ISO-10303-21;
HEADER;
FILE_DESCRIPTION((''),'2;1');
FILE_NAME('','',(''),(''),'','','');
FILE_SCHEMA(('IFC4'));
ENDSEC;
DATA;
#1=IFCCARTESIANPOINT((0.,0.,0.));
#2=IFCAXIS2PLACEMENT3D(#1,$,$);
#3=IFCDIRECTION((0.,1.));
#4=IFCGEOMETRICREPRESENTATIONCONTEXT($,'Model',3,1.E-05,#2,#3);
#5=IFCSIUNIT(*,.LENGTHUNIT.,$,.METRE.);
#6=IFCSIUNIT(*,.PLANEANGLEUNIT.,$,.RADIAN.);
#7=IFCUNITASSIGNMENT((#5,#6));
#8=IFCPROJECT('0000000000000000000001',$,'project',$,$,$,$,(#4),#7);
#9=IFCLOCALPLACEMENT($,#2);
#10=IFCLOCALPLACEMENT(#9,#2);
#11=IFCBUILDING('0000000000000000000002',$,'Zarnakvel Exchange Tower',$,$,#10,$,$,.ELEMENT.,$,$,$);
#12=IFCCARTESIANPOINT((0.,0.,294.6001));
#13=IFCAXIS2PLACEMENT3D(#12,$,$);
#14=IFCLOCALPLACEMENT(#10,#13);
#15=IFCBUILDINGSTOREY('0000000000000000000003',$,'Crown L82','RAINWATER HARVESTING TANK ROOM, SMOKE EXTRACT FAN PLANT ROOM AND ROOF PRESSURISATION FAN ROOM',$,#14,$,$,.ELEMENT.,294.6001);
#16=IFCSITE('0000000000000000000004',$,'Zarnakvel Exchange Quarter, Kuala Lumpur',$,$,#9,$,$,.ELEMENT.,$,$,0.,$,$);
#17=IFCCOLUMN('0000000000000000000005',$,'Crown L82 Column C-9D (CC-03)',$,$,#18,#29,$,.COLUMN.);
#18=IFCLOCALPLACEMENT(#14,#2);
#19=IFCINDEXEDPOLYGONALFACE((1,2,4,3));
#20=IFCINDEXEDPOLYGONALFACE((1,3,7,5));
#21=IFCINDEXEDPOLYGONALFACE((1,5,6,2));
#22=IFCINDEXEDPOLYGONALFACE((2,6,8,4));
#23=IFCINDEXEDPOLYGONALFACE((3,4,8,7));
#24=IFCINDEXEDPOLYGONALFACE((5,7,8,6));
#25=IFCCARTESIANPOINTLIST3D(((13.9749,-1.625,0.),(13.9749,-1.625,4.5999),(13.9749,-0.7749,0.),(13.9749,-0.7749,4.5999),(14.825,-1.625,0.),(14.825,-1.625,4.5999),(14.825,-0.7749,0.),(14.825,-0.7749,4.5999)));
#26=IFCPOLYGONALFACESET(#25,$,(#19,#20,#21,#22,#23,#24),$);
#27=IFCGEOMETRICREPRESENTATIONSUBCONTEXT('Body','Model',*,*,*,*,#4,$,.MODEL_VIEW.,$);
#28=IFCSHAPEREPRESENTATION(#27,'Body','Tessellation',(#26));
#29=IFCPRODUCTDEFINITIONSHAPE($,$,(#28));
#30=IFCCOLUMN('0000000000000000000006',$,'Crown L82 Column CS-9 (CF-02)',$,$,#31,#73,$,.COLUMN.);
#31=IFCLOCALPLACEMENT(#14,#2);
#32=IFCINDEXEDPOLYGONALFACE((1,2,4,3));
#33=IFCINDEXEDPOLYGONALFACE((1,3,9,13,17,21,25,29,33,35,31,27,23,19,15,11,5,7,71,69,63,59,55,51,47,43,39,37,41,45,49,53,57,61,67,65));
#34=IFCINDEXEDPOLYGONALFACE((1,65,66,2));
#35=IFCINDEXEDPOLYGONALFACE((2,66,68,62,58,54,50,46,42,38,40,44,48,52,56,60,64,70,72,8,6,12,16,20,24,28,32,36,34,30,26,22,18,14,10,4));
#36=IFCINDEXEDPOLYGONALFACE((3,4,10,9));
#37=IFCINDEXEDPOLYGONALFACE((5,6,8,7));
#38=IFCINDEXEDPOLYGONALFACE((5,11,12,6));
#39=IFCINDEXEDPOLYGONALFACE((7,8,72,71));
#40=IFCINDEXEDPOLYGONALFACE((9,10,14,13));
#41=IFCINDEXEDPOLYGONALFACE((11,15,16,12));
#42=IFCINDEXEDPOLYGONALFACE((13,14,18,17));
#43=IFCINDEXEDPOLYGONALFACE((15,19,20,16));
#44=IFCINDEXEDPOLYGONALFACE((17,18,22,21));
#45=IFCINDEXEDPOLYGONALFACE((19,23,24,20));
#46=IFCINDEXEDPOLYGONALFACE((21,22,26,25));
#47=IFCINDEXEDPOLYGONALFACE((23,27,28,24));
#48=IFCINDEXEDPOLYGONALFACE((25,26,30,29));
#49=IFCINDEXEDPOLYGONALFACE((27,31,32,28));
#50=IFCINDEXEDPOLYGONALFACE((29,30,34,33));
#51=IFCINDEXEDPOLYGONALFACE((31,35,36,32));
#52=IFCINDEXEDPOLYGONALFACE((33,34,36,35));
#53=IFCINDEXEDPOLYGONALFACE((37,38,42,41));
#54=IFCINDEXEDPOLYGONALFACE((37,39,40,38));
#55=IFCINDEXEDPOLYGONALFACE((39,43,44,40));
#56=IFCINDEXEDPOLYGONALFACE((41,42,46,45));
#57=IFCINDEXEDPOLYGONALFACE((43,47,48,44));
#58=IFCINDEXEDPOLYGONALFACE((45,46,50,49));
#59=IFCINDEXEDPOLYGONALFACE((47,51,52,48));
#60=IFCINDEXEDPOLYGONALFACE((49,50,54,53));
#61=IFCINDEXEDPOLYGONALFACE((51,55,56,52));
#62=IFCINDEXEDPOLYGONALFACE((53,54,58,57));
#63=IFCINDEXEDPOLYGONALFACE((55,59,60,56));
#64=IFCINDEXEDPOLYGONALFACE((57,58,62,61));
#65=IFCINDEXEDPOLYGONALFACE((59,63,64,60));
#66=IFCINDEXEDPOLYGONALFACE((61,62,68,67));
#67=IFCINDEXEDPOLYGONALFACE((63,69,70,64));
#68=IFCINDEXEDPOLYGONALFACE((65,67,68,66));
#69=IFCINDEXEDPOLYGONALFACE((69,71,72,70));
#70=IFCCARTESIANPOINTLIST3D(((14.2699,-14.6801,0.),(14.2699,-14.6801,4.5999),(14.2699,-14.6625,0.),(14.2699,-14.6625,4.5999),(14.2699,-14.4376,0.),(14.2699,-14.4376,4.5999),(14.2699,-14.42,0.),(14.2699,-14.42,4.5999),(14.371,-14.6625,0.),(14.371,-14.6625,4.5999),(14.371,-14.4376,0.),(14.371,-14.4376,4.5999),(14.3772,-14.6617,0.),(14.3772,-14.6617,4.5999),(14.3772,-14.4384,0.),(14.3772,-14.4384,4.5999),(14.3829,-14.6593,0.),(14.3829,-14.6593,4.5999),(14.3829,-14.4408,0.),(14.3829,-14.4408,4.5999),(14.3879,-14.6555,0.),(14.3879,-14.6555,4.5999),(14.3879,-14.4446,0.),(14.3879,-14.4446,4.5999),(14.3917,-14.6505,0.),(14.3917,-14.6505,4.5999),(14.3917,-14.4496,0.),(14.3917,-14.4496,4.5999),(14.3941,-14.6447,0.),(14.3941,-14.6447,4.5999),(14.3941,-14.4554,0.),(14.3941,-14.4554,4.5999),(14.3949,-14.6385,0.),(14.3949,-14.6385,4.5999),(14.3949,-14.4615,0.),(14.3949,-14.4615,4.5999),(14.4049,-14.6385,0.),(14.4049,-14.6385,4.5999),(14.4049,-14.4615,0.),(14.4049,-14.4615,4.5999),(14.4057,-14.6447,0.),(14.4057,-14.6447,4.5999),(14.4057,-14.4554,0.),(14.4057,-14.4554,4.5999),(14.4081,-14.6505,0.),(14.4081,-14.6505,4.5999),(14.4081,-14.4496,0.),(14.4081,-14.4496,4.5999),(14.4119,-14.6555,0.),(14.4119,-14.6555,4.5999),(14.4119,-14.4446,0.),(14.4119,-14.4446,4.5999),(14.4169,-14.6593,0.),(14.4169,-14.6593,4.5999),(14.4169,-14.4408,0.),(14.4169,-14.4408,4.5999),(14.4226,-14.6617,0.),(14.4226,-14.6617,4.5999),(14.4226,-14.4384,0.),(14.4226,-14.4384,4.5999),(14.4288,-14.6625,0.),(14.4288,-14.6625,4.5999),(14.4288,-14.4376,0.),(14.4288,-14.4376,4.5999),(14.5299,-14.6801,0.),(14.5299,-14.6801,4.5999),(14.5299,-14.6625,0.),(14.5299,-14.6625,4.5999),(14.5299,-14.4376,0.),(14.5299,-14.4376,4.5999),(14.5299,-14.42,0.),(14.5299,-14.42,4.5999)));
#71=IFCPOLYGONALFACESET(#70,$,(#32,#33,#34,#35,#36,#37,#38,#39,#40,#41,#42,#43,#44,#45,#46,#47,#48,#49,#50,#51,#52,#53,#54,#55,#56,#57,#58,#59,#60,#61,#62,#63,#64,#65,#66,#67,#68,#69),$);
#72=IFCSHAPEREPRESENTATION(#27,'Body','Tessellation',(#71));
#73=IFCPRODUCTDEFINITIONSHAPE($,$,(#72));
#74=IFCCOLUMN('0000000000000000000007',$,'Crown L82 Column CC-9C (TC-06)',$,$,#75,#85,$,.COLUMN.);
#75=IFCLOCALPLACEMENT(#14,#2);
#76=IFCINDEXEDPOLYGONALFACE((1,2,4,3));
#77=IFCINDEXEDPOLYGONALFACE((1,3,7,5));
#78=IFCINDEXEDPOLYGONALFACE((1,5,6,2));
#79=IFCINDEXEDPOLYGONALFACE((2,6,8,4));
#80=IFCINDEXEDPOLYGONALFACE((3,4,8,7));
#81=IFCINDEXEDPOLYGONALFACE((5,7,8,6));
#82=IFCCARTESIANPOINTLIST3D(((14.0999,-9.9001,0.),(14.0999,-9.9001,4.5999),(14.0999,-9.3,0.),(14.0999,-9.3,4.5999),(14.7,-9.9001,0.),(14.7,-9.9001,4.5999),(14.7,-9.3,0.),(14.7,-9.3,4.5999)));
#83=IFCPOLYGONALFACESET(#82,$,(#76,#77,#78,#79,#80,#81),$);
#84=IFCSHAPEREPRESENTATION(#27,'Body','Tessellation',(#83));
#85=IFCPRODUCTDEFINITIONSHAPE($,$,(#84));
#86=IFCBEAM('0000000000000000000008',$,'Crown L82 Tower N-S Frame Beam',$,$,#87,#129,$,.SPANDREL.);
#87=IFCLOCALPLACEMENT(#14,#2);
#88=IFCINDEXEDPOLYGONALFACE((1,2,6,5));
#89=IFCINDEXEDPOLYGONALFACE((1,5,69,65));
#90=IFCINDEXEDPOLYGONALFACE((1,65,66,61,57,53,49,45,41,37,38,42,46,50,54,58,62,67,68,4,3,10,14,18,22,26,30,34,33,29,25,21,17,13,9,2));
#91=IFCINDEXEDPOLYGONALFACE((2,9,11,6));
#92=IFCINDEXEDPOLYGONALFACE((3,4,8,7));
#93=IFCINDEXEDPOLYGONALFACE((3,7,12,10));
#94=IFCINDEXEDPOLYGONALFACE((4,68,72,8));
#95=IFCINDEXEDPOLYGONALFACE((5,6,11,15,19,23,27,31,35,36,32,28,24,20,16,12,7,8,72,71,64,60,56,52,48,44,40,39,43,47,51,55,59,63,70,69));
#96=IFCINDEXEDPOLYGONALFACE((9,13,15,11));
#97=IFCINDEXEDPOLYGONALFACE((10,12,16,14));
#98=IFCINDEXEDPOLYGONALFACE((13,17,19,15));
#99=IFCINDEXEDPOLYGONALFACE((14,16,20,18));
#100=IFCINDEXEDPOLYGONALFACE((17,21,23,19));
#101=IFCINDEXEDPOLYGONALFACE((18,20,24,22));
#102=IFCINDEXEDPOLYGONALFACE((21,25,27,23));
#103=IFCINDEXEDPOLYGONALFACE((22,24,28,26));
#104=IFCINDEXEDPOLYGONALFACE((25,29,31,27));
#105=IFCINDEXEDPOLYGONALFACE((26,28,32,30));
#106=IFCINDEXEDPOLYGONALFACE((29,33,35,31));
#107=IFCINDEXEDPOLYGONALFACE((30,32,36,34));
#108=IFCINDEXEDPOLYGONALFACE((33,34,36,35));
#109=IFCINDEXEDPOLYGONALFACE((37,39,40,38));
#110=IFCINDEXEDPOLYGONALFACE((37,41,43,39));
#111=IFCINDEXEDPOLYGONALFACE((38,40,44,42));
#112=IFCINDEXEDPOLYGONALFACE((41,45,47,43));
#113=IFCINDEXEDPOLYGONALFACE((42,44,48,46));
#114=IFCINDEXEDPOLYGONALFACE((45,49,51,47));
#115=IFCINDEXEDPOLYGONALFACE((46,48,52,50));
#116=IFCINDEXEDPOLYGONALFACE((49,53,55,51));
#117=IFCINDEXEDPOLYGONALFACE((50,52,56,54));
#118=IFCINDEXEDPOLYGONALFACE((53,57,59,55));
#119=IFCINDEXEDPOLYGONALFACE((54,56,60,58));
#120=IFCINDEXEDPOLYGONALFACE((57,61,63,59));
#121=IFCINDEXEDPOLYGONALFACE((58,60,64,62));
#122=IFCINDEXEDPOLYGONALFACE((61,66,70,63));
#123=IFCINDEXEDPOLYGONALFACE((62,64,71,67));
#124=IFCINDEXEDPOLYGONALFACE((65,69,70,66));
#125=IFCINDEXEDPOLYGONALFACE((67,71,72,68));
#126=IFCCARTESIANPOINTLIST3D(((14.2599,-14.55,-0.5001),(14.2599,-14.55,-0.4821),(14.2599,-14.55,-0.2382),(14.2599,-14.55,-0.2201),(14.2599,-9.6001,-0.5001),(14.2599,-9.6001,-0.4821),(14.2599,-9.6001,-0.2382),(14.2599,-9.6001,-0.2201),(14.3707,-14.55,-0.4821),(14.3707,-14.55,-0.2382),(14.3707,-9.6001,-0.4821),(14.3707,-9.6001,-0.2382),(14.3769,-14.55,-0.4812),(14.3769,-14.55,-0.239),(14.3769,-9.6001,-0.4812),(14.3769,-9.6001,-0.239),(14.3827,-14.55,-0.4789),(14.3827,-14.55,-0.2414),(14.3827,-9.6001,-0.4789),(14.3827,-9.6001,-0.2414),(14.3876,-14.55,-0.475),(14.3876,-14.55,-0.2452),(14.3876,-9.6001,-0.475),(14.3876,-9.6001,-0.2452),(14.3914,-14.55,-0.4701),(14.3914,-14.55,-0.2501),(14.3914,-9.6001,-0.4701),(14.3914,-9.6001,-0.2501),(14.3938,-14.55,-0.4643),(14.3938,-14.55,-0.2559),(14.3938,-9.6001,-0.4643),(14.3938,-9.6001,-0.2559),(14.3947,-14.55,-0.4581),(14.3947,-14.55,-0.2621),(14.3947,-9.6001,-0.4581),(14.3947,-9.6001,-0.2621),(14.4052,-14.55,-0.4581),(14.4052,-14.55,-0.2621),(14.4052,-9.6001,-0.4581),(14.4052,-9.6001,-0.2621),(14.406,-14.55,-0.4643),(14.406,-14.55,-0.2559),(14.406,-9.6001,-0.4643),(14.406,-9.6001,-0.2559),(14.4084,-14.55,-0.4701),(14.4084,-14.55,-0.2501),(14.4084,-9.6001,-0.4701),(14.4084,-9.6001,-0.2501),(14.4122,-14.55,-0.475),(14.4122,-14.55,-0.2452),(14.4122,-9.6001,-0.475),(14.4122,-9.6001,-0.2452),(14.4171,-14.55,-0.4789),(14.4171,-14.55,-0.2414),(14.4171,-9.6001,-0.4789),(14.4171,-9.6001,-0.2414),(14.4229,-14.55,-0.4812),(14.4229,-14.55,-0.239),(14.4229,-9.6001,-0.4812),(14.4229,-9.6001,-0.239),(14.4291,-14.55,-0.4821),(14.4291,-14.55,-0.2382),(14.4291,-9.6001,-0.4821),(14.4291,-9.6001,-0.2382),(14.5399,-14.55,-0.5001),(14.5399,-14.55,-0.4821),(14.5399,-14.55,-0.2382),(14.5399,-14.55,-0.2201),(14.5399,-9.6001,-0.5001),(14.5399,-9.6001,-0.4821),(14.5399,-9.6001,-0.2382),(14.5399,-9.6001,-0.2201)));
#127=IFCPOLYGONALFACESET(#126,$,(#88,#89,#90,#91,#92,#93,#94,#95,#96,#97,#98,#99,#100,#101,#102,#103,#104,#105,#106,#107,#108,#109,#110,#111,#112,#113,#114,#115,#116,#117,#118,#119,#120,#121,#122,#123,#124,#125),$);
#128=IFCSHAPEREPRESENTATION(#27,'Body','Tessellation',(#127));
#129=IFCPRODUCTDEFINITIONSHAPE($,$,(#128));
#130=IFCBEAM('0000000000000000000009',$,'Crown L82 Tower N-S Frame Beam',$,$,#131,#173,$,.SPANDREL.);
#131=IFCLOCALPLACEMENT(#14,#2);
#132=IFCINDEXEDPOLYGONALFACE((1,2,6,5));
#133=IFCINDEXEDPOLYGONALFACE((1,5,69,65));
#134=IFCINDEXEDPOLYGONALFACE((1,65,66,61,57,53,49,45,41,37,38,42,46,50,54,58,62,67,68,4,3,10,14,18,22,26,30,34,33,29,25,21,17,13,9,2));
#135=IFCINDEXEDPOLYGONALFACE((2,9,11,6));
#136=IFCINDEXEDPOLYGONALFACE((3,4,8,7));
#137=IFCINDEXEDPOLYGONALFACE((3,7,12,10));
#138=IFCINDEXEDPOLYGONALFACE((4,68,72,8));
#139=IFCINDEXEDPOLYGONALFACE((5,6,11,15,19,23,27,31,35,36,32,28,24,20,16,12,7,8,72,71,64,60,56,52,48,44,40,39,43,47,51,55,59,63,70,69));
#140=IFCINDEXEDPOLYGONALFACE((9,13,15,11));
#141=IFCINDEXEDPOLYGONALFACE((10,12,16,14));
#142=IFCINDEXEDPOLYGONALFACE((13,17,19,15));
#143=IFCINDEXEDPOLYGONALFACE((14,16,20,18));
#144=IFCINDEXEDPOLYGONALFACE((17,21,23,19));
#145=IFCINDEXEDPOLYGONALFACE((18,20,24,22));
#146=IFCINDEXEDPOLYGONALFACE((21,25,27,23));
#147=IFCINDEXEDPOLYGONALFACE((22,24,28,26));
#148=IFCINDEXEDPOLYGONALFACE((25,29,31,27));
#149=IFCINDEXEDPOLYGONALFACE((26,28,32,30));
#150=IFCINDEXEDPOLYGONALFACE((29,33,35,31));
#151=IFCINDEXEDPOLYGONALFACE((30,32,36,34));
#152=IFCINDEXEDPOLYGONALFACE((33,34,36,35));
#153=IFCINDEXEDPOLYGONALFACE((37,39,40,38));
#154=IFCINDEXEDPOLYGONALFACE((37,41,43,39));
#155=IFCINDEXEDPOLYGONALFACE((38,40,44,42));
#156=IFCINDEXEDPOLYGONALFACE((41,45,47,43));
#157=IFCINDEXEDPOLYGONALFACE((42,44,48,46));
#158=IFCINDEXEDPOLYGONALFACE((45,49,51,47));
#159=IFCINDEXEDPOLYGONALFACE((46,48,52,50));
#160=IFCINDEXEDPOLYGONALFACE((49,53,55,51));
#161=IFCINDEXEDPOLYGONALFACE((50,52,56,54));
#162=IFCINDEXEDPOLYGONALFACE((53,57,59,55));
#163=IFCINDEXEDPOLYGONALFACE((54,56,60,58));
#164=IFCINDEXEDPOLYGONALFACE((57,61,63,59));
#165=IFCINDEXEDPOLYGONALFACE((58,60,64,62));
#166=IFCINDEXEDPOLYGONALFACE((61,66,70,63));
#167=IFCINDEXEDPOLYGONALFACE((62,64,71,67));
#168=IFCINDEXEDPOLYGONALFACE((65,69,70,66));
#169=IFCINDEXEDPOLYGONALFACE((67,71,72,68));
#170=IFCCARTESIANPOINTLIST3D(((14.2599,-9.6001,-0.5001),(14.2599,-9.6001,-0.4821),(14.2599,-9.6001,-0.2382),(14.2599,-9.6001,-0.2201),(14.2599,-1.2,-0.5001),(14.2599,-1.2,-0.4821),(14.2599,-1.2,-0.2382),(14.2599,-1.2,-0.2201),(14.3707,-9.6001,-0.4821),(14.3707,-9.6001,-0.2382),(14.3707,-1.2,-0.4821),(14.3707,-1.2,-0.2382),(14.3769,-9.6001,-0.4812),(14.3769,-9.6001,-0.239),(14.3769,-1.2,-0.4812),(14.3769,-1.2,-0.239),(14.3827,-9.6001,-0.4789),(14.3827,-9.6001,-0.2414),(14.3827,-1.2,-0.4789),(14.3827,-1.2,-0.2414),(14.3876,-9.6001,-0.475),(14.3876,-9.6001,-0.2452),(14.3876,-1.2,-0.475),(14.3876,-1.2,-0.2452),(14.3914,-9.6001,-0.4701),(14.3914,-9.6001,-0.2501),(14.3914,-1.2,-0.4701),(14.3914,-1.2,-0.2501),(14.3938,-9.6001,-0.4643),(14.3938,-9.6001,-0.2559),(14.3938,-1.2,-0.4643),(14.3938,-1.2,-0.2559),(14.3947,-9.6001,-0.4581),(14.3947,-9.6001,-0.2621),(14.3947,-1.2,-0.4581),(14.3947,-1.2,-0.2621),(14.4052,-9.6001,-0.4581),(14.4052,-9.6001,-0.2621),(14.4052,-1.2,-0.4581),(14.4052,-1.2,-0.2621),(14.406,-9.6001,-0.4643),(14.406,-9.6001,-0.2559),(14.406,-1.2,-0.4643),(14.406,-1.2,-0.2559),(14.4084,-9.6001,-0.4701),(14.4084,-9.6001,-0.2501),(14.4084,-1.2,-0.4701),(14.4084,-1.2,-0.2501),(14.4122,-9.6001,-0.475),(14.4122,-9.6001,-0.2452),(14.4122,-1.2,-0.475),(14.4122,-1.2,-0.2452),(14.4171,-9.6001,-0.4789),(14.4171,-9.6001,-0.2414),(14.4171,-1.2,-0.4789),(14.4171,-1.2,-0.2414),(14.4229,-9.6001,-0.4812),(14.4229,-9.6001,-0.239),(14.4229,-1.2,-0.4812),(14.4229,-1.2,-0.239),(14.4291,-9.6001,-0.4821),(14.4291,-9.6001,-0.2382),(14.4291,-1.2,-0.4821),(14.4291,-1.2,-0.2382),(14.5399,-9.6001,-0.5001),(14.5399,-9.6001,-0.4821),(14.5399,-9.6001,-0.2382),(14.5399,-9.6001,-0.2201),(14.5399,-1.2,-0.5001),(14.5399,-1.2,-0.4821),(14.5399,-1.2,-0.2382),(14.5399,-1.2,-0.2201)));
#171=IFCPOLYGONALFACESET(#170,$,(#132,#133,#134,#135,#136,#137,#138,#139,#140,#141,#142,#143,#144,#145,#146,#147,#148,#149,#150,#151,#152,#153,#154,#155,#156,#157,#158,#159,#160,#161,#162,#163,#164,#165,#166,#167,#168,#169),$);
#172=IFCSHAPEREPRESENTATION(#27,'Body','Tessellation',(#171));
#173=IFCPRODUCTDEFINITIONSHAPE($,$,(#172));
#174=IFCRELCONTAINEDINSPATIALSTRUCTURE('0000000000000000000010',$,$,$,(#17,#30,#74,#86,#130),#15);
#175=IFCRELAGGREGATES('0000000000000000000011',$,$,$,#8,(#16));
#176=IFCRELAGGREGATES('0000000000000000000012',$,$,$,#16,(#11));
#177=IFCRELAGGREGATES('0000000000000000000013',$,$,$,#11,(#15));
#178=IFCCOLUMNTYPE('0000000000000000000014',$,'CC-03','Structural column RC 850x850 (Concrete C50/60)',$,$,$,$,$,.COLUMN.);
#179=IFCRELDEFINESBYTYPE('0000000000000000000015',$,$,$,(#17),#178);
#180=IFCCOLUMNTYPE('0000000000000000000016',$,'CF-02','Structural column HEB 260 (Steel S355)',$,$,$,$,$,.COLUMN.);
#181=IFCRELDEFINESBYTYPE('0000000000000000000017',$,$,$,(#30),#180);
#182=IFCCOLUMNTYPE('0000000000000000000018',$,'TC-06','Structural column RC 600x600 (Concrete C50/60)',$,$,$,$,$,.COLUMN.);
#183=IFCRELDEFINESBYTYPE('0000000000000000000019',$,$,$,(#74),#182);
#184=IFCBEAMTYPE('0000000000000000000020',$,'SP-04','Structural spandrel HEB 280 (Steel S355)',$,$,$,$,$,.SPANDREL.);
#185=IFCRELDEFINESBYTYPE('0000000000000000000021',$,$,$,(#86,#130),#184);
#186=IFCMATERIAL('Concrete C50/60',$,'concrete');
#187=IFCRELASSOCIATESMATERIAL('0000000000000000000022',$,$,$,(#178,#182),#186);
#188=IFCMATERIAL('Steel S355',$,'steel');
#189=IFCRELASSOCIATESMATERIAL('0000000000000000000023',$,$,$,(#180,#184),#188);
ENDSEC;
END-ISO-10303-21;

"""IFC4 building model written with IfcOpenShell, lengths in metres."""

from ifc_helpers import new_model, si_unit, direction, frame, origin, origin_2d, place, context, subcontext, project, spatial, rectangle, i_section, extrude, material, material_profile, profile_set, type_object, element, save


model = new_model("IFC4")

# Units and contexts
model_context = context("Model", 3, precision=1e-05, world=origin(), true_north=direction((0.0, 1.0)))
body_context = subcontext(model_context, "Body", "Model", "MODEL_VIEW")
ifc_project = project(units=[si_unit("LENGTHUNIT", "METRE"), si_unit("PLANEANGLEUNIT", "RADIAN")], contexts=[model_context])

# Site, building, storey
site_placement = place(None, origin())
site = spatial("IfcSite", under=ifc_project, at=site_placement, Name="Zarnakvel Exchange Quarter, Kuala Lumpur", CompositionType="ELEMENT", RefElevation=0.0)
building_placement = place(site_placement, origin())
building = spatial("IfcBuilding", under=site, at=building_placement, Name="Zarnakvel Exchange Tower", CompositionType="ELEMENT")
storey_placement = place(building_placement, frame((0.0, 0.0, 294.6001)))
storey = spatial("IfcBuildingStorey", under=building, at=storey_placement, Name="Crown L82", Description="RAINWATER HARVESTING TANK ROOM, SMOKE EXTRACT FAN PLANT ROOM AND ROOF PRESSURISATION FAN ROOM", CompositionType="ELEMENT", Elevation=294.6001)

# Columns
ifc_material_1 = material(Name="Concrete C50/60", Category="concrete")
ifc_material_profile_1 = material_profile(ifc_material_1, rectangle(XDim=0.8501, YDim=0.8501, at=origin_2d()))
ifc_profile_set_1 = profile_set([ifc_material_profile_1], Name="Concrete C50/60")
column_type_1 = type_object("IfcColumnType", Name="CC-03", Description="Structural column RC 850x850 (Concrete C50/60)", PredefinedType="COLUMN", material=ifc_profile_set_1)
column_1_placement = place(storey_placement, frame((14.3999, -1.2, 0.0), z_axis=(0.0, 0.0, 1.0), x_axis=(1.0, 0.0, 0.0)))
element("IfcColumn", 1, at=column_1_placement, inside=storey, type_object=column_type_1, Name="Crown L82 Column C-9D (CC-03)", PredefinedType="COLUMN", context=body_context, shape_type="SweptSolid", body=[
    extrude(rectangle(XDim=0.8501, YDim=0.8501, at=origin_2d()), origin(), (0.0, 0.0, 1.0), 4.5999),
])
ifc_material_2 = material(Name="Steel S355", Category="steel")
ifc_material_profile_2 = material_profile(ifc_material_2, i_section(OverallWidth=0.26, OverallDepth=0.26, WebThickness=0.01, FlangeThickness=0.0176, FilletRadius=0.0239, at=origin_2d()))
ifc_profile_set_2 = profile_set([ifc_material_profile_2], Name="Steel S355")
column_type_2 = type_object("IfcColumnType", Name="CF-02", Description="Structural column HEB 260 (Steel S355)", PredefinedType="COLUMN", material=ifc_profile_set_2)
column_2_placement = place(storey_placement, frame((14.3999, -14.55, 0.0), z_axis=(0.0, 0.0, 1.0), x_axis=(1.0, 0.0, 0.0)))
element("IfcColumn", 2, at=column_2_placement, inside=storey, type_object=column_type_2, Name="Crown L82 Column CS-9 (CF-02)", PredefinedType="COLUMN", context=body_context, shape_type="SweptSolid", body=[
    extrude(i_section(OverallWidth=0.26, OverallDepth=0.26, WebThickness=0.01, FlangeThickness=0.0176, FilletRadius=0.0239, at=origin_2d()), origin(), (0.0, 0.0, 1.0), 4.5999),
])
ifc_material_profile_3 = material_profile(ifc_material_1, rectangle(XDim=0.6001, YDim=0.6001, at=origin_2d()))
ifc_profile_set_3 = profile_set([ifc_material_profile_3], Name="Concrete C50/60")
column_type_3 = type_object("IfcColumnType", Name="TC-06", Description="Structural column RC 600x600 (Concrete C50/60)", PredefinedType="COLUMN", material=ifc_profile_set_3)
column_3_placement = place(storey_placement, frame((14.3999, -9.6001, 0.0), z_axis=(0.0, 0.0, 1.0), x_axis=(1.0, 0.0, 0.0)))
element("IfcColumn", 3, at=column_3_placement, inside=storey, type_object=column_type_3, Name="Crown L82 Column CC-9C (TC-06)", PredefinedType="COLUMN", context=body_context, shape_type="SweptSolid", body=[
    extrude(rectangle(XDim=0.6001, YDim=0.6001, at=origin_2d()), origin(), (0.0, 0.0, 1.0), 4.5999),
])

# Beams
ifc_material_profile_4 = material_profile(ifc_material_2, i_section(OverallWidth=0.28, OverallDepth=0.28, WebThickness=0.0105, FlangeThickness=0.0181, FilletRadius=0.0239, at=origin_2d()))
ifc_profile_set_4 = profile_set([ifc_material_profile_4], Name="Steel S355")
beam_type = type_object("IfcBeamType", Name="SP-04", Description="Structural spandrel HEB 280 (Steel S355)", PredefinedType="SPANDREL", material=ifc_profile_set_4)
beam_1_placement = place(storey_placement, frame((14.3999, -14.55, -0.3601), z_axis=(0.0, 1.0, 0.0), x_axis=(-1.0, 0.0, 0.0)))
element("IfcBeam", 4, at=beam_1_placement, inside=storey, type_object=beam_type, Name="Crown L82 Tower N-S Frame Beam", PredefinedType="SPANDREL", context=body_context, shape_type="SweptSolid", body=[
    extrude(i_section(OverallWidth=0.28, OverallDepth=0.28, WebThickness=0.0105, FlangeThickness=0.0181, FilletRadius=0.0239, at=origin_2d()), origin(), (0.0, 0.0, 1.0), 4.95),
])
beam_2_placement = place(storey_placement, frame((14.3999, -9.6001, -0.3601), z_axis=(0.0, 1.0, 0.0), x_axis=(-1.0, 0.0, 0.0)))
element("IfcBeam", 5, at=beam_2_placement, inside=storey, type_object=beam_type, Name="Crown L82 Tower N-S Frame Beam", PredefinedType="SPANDREL", context=body_context, shape_type="SweptSolid", body=[
    extrude(i_section(OverallWidth=0.28, OverallDepth=0.28, WebThickness=0.0105, FlangeThickness=0.0181, FilletRadius=0.0239, at=origin_2d()), origin(), (0.0, 0.0, 1.0), 8.4001),
])

save(model, "model.ifc")
